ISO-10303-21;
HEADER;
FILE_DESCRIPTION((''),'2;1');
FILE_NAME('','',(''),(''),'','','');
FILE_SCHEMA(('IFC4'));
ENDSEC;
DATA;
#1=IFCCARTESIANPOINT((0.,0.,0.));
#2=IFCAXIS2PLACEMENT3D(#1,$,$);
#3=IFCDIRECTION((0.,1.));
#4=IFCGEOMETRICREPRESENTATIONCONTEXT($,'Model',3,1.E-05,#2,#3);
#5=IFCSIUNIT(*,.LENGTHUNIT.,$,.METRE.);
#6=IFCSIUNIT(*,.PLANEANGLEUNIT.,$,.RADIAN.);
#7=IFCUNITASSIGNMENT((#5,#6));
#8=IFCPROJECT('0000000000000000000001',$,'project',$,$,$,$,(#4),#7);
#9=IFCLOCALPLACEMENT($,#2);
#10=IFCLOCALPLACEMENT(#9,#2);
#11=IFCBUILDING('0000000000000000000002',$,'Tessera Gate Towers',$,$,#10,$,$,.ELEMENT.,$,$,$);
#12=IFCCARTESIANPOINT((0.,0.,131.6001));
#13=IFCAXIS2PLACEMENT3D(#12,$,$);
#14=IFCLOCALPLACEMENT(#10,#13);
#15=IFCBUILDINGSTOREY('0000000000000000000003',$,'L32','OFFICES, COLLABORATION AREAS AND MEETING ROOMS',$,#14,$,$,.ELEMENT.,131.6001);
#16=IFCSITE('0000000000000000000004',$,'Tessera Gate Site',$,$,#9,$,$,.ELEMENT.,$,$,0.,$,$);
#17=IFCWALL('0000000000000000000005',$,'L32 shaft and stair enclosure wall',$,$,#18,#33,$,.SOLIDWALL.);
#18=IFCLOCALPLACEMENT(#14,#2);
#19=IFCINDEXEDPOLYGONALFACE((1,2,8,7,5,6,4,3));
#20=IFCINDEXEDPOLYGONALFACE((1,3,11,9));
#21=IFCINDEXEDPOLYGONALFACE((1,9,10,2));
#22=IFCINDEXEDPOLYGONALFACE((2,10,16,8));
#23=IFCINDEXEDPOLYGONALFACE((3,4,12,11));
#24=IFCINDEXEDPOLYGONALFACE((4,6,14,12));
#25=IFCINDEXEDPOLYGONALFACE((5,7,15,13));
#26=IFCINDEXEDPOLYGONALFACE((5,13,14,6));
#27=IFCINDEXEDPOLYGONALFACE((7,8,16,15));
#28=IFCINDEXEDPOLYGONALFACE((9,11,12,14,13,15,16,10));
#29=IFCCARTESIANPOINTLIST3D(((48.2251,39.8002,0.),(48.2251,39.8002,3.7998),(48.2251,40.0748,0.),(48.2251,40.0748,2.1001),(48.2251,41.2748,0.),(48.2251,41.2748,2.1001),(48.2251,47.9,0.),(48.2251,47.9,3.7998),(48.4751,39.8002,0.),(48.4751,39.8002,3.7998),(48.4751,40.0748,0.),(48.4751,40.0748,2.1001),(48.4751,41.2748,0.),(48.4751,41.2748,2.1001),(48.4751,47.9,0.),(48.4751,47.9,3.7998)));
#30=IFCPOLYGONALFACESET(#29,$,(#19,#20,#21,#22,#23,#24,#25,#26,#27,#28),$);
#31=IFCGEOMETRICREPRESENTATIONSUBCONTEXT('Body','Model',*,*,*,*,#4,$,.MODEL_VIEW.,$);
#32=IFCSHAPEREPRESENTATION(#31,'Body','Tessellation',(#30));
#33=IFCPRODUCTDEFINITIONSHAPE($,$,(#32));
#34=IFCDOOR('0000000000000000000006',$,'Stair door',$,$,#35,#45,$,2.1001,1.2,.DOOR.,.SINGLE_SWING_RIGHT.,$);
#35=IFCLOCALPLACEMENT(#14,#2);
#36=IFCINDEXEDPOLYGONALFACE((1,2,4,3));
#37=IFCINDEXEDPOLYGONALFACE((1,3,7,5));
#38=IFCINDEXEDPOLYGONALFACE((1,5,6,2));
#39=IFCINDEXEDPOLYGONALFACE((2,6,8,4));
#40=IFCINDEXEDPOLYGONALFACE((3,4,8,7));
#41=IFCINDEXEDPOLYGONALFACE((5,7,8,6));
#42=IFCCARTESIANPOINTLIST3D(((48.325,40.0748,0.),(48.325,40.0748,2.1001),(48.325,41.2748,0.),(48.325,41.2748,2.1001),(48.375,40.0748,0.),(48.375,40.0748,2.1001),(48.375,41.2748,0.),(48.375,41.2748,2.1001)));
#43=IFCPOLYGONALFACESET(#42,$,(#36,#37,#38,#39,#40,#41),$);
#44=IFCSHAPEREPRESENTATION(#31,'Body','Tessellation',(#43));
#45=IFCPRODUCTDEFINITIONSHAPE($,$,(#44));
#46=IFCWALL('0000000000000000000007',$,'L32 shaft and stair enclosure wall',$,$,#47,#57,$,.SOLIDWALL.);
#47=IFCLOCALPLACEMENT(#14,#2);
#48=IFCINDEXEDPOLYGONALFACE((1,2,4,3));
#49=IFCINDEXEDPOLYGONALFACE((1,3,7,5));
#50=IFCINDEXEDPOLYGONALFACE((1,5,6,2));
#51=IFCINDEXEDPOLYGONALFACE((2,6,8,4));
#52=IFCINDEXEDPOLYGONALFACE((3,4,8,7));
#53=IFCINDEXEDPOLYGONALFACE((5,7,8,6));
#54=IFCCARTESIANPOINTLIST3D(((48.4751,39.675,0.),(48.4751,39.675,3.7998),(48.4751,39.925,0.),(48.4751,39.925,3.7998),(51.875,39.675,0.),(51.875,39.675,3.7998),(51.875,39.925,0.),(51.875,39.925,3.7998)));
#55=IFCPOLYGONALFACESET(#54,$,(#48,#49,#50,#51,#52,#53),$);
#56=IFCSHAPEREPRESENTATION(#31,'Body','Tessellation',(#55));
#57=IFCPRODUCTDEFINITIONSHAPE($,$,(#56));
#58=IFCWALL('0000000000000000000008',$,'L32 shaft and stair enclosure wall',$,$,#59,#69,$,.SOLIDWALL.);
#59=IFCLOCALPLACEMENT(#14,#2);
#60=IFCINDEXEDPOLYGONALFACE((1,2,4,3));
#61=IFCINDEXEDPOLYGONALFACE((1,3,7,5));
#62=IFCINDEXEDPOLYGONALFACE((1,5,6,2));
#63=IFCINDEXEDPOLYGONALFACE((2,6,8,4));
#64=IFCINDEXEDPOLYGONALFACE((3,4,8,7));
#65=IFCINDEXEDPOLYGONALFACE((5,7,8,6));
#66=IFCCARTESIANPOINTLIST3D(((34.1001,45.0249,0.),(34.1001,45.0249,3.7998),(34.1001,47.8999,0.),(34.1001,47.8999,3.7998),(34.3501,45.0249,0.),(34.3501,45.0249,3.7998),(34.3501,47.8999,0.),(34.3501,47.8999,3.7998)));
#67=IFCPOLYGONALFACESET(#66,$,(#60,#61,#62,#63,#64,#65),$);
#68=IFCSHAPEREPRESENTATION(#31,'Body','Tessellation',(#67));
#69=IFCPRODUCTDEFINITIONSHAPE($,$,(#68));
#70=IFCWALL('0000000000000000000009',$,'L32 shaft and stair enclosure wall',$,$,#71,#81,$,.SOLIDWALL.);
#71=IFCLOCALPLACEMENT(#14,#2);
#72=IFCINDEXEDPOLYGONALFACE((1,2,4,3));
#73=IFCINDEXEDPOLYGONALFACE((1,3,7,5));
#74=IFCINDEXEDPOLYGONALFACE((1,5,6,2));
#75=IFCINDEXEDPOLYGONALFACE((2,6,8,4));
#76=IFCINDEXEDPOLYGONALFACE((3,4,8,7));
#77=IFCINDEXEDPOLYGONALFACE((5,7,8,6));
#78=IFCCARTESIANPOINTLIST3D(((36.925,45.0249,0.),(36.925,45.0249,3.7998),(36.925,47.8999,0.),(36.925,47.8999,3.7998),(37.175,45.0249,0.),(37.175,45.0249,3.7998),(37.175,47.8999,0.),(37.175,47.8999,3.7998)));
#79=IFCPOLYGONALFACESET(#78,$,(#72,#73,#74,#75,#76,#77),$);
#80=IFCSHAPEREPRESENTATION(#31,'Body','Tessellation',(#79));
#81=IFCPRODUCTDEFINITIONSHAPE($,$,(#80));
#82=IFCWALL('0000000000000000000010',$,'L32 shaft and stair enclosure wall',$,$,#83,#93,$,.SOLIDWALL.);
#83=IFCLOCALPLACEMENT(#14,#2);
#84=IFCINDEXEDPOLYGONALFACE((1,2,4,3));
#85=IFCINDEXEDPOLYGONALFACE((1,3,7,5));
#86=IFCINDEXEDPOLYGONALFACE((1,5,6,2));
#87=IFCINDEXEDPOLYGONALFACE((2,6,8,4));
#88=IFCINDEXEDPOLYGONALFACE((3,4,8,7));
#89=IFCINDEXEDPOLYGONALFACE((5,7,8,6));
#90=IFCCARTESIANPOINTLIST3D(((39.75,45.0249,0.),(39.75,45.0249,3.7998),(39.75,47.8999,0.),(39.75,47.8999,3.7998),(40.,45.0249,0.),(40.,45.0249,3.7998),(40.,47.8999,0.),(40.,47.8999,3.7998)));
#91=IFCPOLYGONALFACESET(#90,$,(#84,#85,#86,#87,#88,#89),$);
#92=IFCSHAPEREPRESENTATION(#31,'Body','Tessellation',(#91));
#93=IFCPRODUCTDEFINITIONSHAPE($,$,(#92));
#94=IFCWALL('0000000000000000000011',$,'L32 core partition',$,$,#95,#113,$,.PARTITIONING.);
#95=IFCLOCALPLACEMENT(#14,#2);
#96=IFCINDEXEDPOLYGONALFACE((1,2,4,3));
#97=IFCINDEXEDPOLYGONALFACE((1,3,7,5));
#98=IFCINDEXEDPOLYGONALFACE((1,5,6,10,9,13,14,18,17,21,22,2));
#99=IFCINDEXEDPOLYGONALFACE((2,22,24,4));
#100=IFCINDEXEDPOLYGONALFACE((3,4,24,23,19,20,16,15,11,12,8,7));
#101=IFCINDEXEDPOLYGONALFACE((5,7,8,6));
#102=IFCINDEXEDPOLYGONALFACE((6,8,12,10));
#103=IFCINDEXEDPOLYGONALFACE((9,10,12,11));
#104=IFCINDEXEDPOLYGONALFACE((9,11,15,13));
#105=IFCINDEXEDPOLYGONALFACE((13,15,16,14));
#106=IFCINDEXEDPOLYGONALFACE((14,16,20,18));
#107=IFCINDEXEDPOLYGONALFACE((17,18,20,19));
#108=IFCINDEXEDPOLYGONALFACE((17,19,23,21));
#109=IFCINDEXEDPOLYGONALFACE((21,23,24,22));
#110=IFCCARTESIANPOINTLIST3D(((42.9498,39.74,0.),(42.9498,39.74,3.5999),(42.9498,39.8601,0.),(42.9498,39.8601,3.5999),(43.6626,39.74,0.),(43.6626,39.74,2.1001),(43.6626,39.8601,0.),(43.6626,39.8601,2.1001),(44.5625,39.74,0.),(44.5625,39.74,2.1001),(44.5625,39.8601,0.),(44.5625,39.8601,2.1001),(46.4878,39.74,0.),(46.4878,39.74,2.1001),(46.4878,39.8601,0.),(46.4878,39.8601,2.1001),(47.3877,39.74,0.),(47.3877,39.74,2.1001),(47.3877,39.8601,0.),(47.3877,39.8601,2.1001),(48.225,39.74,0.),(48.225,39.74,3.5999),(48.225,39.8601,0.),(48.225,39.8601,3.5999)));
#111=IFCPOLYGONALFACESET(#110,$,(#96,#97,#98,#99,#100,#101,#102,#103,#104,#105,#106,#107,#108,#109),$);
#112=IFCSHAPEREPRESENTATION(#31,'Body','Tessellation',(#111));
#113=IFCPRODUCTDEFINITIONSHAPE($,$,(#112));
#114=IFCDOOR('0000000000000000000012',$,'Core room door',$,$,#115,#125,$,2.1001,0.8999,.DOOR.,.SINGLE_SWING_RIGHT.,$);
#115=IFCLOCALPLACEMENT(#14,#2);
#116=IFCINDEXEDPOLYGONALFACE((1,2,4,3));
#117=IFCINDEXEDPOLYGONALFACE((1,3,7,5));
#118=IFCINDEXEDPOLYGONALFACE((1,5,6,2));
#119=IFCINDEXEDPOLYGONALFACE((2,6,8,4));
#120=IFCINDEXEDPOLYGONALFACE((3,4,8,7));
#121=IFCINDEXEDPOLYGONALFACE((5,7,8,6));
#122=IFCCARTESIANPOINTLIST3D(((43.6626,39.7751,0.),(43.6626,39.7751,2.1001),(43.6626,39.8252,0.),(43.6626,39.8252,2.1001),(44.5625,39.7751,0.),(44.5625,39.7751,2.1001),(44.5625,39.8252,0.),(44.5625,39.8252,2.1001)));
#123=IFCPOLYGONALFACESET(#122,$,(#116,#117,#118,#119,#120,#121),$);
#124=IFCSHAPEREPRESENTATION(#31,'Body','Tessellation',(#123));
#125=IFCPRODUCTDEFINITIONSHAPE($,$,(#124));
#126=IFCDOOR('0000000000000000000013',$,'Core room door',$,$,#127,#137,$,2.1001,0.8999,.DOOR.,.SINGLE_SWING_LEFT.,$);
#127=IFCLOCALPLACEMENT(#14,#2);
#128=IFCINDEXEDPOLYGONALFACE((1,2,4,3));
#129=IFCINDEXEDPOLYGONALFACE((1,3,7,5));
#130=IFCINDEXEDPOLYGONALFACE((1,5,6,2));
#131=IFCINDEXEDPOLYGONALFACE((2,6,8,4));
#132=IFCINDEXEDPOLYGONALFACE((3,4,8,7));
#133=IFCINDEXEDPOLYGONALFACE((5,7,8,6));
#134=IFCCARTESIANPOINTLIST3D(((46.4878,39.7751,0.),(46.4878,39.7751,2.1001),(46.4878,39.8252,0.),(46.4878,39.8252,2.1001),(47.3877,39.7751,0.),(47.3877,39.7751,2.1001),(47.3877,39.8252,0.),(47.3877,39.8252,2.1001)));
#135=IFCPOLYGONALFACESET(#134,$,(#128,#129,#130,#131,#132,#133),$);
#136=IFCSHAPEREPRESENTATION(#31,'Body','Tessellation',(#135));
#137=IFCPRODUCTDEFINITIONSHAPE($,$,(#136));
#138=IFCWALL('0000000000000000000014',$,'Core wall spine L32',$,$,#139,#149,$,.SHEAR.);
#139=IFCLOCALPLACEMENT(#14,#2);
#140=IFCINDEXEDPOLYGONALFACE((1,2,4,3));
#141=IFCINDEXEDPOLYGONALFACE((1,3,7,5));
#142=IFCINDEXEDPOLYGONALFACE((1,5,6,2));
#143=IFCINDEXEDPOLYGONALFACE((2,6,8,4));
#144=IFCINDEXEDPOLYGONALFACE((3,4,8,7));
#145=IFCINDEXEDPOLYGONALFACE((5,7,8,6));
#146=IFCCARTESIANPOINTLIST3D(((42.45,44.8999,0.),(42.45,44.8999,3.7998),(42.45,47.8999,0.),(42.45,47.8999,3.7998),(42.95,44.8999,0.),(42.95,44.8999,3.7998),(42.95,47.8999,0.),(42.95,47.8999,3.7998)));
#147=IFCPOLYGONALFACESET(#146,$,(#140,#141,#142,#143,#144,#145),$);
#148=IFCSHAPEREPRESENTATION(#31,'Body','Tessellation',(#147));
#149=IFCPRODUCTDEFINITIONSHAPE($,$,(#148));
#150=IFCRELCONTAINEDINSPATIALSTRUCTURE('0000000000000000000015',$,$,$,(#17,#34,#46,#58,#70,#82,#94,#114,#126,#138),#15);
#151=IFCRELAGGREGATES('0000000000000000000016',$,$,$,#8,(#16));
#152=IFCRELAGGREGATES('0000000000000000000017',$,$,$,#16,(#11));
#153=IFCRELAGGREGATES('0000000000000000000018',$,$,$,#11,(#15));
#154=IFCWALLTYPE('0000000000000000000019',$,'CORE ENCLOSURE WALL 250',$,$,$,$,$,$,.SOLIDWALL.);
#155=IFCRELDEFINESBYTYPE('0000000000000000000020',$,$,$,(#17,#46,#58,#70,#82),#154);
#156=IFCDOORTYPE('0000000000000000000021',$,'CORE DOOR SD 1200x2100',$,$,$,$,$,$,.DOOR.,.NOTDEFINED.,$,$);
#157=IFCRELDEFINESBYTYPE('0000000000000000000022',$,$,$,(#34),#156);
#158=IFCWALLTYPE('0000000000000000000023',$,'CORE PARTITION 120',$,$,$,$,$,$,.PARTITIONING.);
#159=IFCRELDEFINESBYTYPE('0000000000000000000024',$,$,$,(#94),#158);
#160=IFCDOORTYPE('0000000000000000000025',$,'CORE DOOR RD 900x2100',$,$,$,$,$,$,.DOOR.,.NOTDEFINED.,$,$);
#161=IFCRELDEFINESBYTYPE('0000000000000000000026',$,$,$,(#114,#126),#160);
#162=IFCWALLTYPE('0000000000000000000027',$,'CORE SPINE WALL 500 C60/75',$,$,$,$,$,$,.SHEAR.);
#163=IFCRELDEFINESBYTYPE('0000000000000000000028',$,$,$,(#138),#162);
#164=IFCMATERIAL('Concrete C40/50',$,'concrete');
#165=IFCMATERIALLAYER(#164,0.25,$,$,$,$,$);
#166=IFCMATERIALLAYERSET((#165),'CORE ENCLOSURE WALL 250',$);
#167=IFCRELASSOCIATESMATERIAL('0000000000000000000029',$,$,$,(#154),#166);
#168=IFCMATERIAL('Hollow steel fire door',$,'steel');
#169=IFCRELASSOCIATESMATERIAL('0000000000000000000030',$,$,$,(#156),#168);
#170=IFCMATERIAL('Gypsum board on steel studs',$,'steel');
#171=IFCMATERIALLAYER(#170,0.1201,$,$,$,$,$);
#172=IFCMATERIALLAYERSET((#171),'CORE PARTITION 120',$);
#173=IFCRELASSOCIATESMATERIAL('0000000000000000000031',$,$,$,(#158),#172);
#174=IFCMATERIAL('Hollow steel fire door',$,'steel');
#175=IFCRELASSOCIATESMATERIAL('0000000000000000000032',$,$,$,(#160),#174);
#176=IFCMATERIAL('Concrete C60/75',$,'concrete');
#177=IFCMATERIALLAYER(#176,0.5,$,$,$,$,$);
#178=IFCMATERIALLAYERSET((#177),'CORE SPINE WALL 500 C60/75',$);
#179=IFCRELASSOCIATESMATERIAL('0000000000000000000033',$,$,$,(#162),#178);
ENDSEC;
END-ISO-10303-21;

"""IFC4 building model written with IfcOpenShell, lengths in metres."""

from ifc_helpers import new_model, si_unit, direction, frame, frame_2d, origin, place, context, subcontext, project, spatial, rectangle, extrude, source, transform, mapped, material, layer, layer_set, type_object, element, fill, save


model = new_model("IFC4")

# Units and contexts
model_context = context("Model", 3, precision=1e-05, world=origin(), true_north=direction((0.0, 1.0)))
body_context = subcontext(model_context, "Body", "Model", "MODEL_VIEW")
ifc_project = project(units=[si_unit("LENGTHUNIT", "METRE"), si_unit("PLANEANGLEUNIT", "RADIAN")], contexts=[model_context])

# Site, building, storey
site_placement = place(None, origin())
site = spatial("IfcSite", under=ifc_project, at=site_placement, Name="Tessera Gate Site", CompositionType="ELEMENT", RefElevation=0.0)
building_placement = place(site_placement, origin())
building = spatial("IfcBuilding", under=site, at=building_placement, Name="Tessera Gate Towers", CompositionType="ELEMENT")
storey_placement = place(building_placement, frame((0.0, 0.0, 131.6001)))
storey = spatial("IfcBuildingStorey", under=building, at=storey_placement, Name="L32", Description="OFFICES, COLLABORATION AREAS AND MEETING ROOMS", CompositionType="ELEMENT", Elevation=131.6001)

# Shared definitions
ifc_material_1 = material(Name="Concrete C40/50", Category="concrete")
ifc_layer_1 = layer(ifc_material_1, 0.25)
ifc_layer_set_1 = layer_set([ifc_layer_1], Name="CORE ENCLOSURE WALL 250")
wall_type_1 = type_object("IfcWallType", Name="CORE ENCLOSURE WALL 250", PredefinedType="SOLIDWALL", material=ifc_layer_set_1)

# Wall, opening, door
wall_1_placement = place(storey_placement, frame((48.3501, 47.8999, 0.0), z_axis=(0.0, 0.0, 1.0), x_axis=(0.0, -1.0, 0.0)))
wall_1 = element("IfcWall", 1, at=wall_1_placement, inside=storey, type_object=wall_type_1, Name="L32 shaft and stair enclosure wall", PredefinedType="SOLIDWALL", context=body_context, shape_type="SweptSolid", body=[
    extrude(rectangle(XDim=8.0999, YDim=0.25, at=frame_2d((4.0498, 0.0))), origin(), (0.0, 0.0, 1.0), 3.7998),
])
shared_shape_1 = source(origin(), body_context, "Body", "SweptSolid", [
    extrude(rectangle(XDim=1.2, YDim=2.1001, at=frame_2d((0.6001, 1.05))), frame((0.0, 0.135, 0.0), z_axis=(0.0, -1.0, 0.0), x_axis=(1.0, 0.0, 0.0)), (0.0, 0.0, 1.0), 0.27),
])
opening_1_placement = place(wall_1_placement, frame((6.625, 0.0, 0.0)))
opening_1 = element("IfcOpeningElement", 2, at=opening_1_placement, cuts=wall_1, PredefinedType="OPENING", context=body_context, shape_type="MappedRepresentation", body=[
    mapped(shared_shape_1, transform((0.0, 0.0, 0.0), scale=1.0)),
])
ifc_material_2 = material(Name="Hollow steel fire door", Category="steel")
door_type_1 = type_object("IfcDoorType", Name="CORE DOOR SD 1200x2100", OperationType="NOTDEFINED", PredefinedType="DOOR", material=ifc_material_2)
shared_shape_2 = source(origin(), body_context, "Body", "SweptSolid", [
    extrude(rectangle(XDim=1.2, YDim=2.1001, at=frame_2d((0.6001, 1.05))), frame((0.0, 0.0249, 0.0), z_axis=(0.0, -1.0, 0.0), x_axis=(1.0, 0.0, 0.0)), (0.0, 0.0, 1.0), 0.05),
])
door_1_placement = place(opening_1_placement, origin())
door_1 = element("IfcDoor", 3, at=door_1_placement, inside=storey, type_object=door_type_1, Name="Stair door", OperationType="SINGLE_SWING_RIGHT", OverallHeight=2.1001, OverallWidth=1.2, PredefinedType="DOOR", context=body_context, shape_type="MappedRepresentation", body=[
    mapped(shared_shape_2, transform((0.0, 0.0, 0.0), scale=1.0)),
])
fill(opening_1, door_1)

# Walls
wall_2_placement = place(storey_placement, frame((48.4751, 39.8, 0.0), z_axis=(0.0, 0.0, 1.0), x_axis=(1.0, 0.0, 0.0)))
element("IfcWall", 4, at=wall_2_placement, inside=storey, type_object=wall_type_1, Name="L32 shaft and stair enclosure wall", PredefinedType="SOLIDWALL", context=body_context, shape_type="SweptSolid", body=[
    extrude(rectangle(XDim=3.3999, YDim=0.25, at=frame_2d((1.7, 0.0))), origin(), (0.0, 0.0, 1.0), 3.7998),
])
for number, where, z_axis, x_axis, name in (
    (5, (34.2251, 45.0249, 0.0), (0.0, 0.0, 1.0), (0.0, 1.0, 0.0), "L32 shaft and stair enclosure wall"),
    (6, (37.05, 45.0249, 0.0), (0.0, 0.0, 1.0), (0.0, 1.0, 0.0), "L32 shaft and stair enclosure wall"),
    (7, (39.875, 45.0249, 0.0), (0.0, 0.0, 1.0), (0.0, 1.0, 0.0), "L32 shaft and stair enclosure wall"),
):
    element("IfcWall", number, at=place(storey_placement, frame(where, z_axis=z_axis, x_axis=x_axis)), inside=storey, type_object=wall_type_1, Name=name, PredefinedType="SOLIDWALL", context=body_context, shape_type="SweptSolid", body=[
        extrude(rectangle(XDim=2.875, YDim=0.25, at=frame_2d((1.4375, 0.0))), origin(), (0.0, 0.0, 1.0), 3.7998),
    ])

# Wall, openings, doors
ifc_material_3 = material(Name="Gypsum board on steel studs", Category="steel")
ifc_layer_2 = layer(ifc_material_3, 0.1201)
ifc_layer_set_2 = layer_set([ifc_layer_2], Name="CORE PARTITION 120")
wall_type_2 = type_object("IfcWallType", Name="CORE PARTITION 120", PredefinedType="PARTITIONING", material=ifc_layer_set_2)
wall_3_placement = place(storey_placement, frame((48.2251, 39.8, 0.0), z_axis=(0.0, 0.0, 1.0), x_axis=(-1.0, 0.0, 0.0)))
wall_3 = element("IfcWall", 8, at=wall_3_placement, inside=storey, type_object=wall_type_2, Name="L32 core partition", PredefinedType="PARTITIONING", context=body_context, shape_type="SweptSolid", body=[
    extrude(rectangle(XDim=5.2751, YDim=0.1201, at=frame_2d((2.6377, 0.0))), origin(), (0.0, 0.0, 1.0), 3.5999),
])
shared_shape_3 = source(origin(), body_context, "Body", "SweptSolid", [
    extrude(rectangle(XDim=0.8999, YDim=2.1001, at=frame_2d((0.45, 1.05))), frame((0.0, 0.0701, 0.0), z_axis=(0.0, -1.0, 0.0), x_axis=(1.0, 0.0, 0.0)), (0.0, 0.0, 1.0), 0.1401),
])
opening_2_placement = place(wall_3_placement, frame((3.6626, 0.0, 0.0)))
opening_2 = element("IfcOpeningElement", 9, at=opening_2_placement, cuts=wall_3, PredefinedType="OPENING", context=body_context, shape_type="MappedRepresentation", body=[
    mapped(shared_shape_3, transform((0.0, 0.0, 0.0), scale=1.0)),
])
opening_3_placement = place(wall_3_placement, frame((0.8374, 0.0, 0.0)))
opening_3 = element("IfcOpeningElement", 10, at=opening_3_placement, cuts=wall_3, PredefinedType="OPENING", context=body_context, shape_type="MappedRepresentation", body=[
    mapped(shared_shape_3, transform((0.0, 0.0, 0.0), scale=1.0)),
])
ifc_material_4 = material(Name="Hollow steel fire door", Category="steel")
door_type_2 = type_object("IfcDoorType", Name="CORE DOOR RD 900x2100", OperationType="NOTDEFINED", PredefinedType="DOOR", material=ifc_material_4)
shared_shape_4 = source(origin(), body_context, "Body", "SweptSolid", [
    extrude(rectangle(XDim=0.8999, YDim=2.1001, at=frame_2d((0.45, 1.05))), frame((0.0, 0.0249, 0.0), z_axis=(0.0, -1.0, 0.0), x_axis=(1.0, 0.0, 0.0)), (0.0, 0.0, 1.0), 0.05),
])
door_2_placement = place(opening_2_placement, origin())
door_2 = element("IfcDoor", 11, at=door_2_placement, inside=storey, type_object=door_type_2, Name="Core room door", OperationType="SINGLE_SWING_RIGHT", OverallHeight=2.1001, OverallWidth=0.8999, PredefinedType="DOOR", context=body_context, shape_type="MappedRepresentation", body=[
    mapped(shared_shape_4, transform((0.0, 0.0, 0.0), scale=1.0)),
])
fill(opening_2, door_2)
door_3_placement = place(opening_3_placement, origin())
door_3 = element("IfcDoor", 12, at=door_3_placement, inside=storey, type_object=door_type_2, Name="Core room door", OperationType="SINGLE_SWING_LEFT", OverallHeight=2.1001, OverallWidth=0.8999, PredefinedType="DOOR", context=body_context, shape_type="MappedRepresentation", body=[
    mapped(shared_shape_4, transform((0.0, 0.0, 0.0), scale=1.0)),
])
fill(opening_3, door_3)

# Wall
ifc_material_5 = material(Name="Concrete C60/75", Category="concrete")
ifc_layer_3 = layer(ifc_material_5, 0.5)
ifc_layer_set_3 = layer_set([ifc_layer_3], Name="CORE SPINE WALL 500 C60/75")
wall_type_3 = type_object("IfcWallType", Name="CORE SPINE WALL 500 C60/75", PredefinedType="SHEAR", material=ifc_layer_set_3)
wall_4_placement = place(storey_placement, frame((42.7, 44.8999, 0.0), z_axis=(0.0, 0.0, 1.0), x_axis=(0.0, 1.0, 0.0)))
element("IfcWall", 13, at=wall_4_placement, inside=storey, type_object=wall_type_3, Name="Core wall spine L32", PredefinedType="SHEAR", context=body_context, shape_type="SweptSolid", body=[
    extrude(rectangle(XDim=3.0, YDim=0.5, at=frame_2d((1.5, 0.0))), origin(), (0.0, 0.0, 1.0), 3.7998),
])

save(model, "model.ifc")
